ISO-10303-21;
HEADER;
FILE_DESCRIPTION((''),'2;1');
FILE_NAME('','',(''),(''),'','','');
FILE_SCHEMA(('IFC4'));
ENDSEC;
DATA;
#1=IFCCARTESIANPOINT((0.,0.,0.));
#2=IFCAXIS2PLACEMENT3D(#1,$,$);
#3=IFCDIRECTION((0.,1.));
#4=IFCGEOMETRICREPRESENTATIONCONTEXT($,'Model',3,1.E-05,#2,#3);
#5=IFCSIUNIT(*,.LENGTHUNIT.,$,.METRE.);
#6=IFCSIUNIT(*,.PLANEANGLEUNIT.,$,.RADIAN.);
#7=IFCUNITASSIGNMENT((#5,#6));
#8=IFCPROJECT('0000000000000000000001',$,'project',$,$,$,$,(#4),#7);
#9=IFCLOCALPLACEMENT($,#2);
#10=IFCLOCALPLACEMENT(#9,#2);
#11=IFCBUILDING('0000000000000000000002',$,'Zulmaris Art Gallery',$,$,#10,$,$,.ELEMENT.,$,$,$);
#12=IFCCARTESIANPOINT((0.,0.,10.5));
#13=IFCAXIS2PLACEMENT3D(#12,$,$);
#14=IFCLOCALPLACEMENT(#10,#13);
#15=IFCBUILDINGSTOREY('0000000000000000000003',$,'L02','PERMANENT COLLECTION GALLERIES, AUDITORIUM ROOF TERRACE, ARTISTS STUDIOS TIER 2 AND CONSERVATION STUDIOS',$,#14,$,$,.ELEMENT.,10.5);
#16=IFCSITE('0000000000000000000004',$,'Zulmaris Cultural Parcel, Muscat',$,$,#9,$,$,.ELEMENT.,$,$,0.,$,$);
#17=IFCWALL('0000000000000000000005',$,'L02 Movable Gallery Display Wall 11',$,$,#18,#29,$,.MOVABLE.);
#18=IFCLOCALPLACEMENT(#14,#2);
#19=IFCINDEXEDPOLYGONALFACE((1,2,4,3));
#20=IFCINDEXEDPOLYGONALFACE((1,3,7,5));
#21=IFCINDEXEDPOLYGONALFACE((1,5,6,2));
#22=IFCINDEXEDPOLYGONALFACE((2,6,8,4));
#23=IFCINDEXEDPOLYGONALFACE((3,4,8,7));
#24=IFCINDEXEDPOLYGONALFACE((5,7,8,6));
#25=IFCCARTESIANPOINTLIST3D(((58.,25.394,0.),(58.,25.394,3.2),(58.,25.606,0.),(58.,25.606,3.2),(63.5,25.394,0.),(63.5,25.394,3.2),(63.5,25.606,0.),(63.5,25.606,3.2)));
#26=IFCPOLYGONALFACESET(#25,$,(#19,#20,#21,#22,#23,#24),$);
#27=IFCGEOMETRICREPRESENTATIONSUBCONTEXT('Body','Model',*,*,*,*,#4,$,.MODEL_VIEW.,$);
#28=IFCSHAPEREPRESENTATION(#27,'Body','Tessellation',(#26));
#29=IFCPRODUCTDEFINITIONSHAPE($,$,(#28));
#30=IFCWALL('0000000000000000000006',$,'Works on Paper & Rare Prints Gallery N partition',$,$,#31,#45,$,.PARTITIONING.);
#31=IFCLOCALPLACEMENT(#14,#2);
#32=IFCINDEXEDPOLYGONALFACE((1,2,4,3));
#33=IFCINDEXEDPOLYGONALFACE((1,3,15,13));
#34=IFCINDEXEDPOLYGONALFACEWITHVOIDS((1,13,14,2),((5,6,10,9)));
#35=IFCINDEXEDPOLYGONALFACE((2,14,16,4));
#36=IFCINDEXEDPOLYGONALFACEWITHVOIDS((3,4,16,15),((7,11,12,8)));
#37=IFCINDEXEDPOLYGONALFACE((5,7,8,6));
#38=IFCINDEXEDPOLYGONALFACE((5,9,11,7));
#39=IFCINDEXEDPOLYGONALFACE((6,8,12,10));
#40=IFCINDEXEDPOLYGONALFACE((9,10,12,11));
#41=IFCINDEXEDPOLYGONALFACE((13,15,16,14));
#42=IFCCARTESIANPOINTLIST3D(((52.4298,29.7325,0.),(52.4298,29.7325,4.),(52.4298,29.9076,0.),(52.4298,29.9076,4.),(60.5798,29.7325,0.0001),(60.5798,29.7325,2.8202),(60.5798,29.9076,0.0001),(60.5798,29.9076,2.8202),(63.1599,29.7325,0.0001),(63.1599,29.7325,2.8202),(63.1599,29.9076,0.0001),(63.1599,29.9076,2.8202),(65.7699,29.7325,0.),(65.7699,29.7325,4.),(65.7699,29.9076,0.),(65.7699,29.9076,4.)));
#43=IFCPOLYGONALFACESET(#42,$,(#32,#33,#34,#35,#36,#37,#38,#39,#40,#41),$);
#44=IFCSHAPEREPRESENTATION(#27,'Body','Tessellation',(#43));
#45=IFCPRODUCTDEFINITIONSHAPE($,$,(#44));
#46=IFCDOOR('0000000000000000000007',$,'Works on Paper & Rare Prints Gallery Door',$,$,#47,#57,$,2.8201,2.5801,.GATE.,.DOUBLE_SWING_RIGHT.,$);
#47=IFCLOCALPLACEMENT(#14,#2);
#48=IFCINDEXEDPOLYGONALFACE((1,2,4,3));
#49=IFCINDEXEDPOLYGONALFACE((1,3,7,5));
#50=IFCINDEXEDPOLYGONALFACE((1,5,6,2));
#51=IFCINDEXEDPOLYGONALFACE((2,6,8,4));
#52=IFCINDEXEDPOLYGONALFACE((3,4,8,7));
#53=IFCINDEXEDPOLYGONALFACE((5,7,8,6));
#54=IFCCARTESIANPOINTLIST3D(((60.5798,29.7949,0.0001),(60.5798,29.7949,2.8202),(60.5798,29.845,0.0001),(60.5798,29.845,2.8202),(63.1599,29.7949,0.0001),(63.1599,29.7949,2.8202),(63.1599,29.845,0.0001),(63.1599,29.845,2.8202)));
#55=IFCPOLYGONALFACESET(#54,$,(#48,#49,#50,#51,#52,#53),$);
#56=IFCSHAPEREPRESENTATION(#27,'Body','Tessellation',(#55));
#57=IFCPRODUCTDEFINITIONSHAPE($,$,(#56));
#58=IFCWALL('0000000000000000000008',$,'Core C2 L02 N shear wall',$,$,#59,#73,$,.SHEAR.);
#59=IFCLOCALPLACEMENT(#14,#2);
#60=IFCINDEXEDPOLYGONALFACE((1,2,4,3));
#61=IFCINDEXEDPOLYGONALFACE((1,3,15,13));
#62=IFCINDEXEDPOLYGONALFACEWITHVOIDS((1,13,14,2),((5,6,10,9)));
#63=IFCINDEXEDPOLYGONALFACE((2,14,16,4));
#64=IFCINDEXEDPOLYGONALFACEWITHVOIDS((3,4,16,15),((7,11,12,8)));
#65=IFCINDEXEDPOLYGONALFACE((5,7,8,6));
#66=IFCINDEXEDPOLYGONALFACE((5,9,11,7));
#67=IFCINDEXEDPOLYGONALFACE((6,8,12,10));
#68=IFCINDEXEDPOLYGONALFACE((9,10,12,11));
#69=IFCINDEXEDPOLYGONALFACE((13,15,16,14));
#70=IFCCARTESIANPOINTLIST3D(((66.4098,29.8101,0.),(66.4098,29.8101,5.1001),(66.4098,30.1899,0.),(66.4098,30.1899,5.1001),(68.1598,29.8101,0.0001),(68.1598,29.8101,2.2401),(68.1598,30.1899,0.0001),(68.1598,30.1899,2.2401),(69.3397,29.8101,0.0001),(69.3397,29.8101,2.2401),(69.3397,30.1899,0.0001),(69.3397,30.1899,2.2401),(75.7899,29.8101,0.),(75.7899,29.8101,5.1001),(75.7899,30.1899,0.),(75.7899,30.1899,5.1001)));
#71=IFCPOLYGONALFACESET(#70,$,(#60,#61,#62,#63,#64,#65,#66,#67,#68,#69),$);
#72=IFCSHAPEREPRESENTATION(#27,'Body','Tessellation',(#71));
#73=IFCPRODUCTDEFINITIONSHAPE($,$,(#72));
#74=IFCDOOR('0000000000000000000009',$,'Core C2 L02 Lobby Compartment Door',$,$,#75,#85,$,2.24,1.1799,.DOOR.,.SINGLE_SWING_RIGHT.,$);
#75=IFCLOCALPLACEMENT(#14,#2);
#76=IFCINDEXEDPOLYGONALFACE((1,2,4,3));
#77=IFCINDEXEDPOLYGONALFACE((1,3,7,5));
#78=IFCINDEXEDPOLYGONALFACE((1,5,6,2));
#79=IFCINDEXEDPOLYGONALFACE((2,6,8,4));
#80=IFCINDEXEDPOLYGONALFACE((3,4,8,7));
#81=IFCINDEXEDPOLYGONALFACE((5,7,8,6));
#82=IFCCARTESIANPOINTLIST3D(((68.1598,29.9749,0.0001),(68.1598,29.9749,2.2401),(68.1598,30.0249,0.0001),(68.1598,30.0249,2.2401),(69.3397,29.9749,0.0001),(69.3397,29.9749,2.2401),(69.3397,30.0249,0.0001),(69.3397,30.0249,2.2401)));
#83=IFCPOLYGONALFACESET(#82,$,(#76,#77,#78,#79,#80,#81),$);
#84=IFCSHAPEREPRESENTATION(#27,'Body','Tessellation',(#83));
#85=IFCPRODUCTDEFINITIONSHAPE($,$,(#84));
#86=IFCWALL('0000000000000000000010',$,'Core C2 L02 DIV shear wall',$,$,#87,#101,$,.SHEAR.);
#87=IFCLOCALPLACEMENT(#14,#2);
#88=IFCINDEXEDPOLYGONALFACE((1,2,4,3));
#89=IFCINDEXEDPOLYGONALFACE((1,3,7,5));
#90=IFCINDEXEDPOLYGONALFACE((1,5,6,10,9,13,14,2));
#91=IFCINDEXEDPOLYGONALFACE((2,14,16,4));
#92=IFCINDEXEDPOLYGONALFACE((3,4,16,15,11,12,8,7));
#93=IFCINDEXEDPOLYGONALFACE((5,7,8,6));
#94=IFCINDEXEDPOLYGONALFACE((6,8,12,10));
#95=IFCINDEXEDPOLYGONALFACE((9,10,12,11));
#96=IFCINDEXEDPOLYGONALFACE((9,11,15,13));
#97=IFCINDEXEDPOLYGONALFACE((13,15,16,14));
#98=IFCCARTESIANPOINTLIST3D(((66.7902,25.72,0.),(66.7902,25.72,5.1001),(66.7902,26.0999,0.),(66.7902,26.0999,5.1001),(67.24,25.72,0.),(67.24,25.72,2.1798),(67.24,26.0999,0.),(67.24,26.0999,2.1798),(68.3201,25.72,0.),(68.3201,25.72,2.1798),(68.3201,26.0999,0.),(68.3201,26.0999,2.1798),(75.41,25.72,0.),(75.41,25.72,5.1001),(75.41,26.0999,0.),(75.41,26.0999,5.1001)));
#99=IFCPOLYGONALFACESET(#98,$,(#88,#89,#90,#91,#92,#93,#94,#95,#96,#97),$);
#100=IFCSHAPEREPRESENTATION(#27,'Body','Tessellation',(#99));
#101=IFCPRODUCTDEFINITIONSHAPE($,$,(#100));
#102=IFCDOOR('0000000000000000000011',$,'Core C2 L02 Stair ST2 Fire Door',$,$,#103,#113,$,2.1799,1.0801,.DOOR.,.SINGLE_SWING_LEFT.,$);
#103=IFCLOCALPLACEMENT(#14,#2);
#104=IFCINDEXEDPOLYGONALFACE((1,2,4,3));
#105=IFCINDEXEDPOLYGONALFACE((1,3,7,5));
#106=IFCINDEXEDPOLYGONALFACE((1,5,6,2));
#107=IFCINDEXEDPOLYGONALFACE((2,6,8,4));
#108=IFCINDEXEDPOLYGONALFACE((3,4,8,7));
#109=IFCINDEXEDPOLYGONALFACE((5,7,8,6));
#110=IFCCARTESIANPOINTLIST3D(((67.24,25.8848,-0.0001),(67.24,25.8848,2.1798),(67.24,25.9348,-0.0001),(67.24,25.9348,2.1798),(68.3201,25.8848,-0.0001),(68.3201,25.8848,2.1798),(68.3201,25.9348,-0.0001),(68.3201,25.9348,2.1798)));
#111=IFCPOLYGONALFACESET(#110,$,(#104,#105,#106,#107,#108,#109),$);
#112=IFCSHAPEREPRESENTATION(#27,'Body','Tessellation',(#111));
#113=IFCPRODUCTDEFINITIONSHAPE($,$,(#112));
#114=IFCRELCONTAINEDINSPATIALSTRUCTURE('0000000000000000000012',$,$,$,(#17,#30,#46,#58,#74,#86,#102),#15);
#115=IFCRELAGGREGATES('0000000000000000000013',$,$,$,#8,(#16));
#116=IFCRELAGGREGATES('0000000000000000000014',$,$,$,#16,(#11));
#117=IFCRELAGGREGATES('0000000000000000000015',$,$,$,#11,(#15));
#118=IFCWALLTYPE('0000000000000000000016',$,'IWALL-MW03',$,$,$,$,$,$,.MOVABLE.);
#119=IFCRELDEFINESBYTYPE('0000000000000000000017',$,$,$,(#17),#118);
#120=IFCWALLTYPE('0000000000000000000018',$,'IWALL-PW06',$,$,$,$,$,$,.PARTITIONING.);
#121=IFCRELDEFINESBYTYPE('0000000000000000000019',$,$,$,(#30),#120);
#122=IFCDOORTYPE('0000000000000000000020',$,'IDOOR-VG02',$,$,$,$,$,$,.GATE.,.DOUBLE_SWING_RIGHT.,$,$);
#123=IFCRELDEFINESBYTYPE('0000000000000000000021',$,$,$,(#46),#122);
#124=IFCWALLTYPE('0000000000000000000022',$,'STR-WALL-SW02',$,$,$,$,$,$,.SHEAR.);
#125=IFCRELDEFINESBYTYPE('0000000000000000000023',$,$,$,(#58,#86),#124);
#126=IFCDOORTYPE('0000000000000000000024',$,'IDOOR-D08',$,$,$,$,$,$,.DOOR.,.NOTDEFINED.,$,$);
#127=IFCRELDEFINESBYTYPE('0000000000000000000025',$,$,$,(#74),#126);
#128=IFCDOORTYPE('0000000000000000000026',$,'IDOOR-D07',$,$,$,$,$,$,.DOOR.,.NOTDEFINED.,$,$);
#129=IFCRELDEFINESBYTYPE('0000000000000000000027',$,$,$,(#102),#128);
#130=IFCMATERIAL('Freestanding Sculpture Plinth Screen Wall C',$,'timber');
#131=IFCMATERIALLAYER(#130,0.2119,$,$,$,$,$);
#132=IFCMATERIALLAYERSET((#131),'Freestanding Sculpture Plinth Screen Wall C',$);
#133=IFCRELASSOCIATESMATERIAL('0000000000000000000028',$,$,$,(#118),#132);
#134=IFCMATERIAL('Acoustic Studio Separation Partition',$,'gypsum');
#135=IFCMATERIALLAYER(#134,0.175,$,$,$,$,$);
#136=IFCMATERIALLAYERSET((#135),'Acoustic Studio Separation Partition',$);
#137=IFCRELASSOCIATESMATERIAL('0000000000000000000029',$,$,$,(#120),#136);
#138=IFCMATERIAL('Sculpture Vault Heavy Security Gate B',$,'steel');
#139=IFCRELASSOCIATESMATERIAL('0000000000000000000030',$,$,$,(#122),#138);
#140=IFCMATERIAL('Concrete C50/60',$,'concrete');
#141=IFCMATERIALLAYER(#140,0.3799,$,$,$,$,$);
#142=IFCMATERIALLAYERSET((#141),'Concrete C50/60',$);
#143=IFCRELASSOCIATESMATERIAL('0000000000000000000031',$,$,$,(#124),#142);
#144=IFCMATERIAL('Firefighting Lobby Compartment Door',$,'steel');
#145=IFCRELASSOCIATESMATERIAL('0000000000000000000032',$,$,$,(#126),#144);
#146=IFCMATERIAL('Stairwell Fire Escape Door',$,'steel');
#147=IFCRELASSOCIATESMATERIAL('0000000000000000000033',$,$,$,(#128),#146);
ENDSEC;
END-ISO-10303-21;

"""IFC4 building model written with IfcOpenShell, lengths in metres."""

from ifc_helpers import new_model, si_unit, direction, frame, frame_2d, origin, place, context, subcontext, project, spatial, rectangle, extrude, material, layer, layer_set, type_object, element, fill, save


model = new_model("IFC4")

# Units and contexts
model_context = context("Model", 3, precision=1e-05, world=origin(), true_north=direction((0.0, 1.0)))
body_context = subcontext(model_context, "Body", "Model", "MODEL_VIEW")
ifc_project = project(units=[si_unit("LENGTHUNIT", "METRE"), si_unit("PLANEANGLEUNIT", "RADIAN")], contexts=[model_context])

# Site, building, storey
site_placement = place(None, origin())
site = spatial("IfcSite", under=ifc_project, at=site_placement, Name="Zulmaris Cultural Parcel, Muscat", CompositionType="ELEMENT", RefElevation=0.0)
building_placement = place(site_placement, origin())
building = spatial("IfcBuilding", under=site, at=building_placement, Name="Zulmaris Art Gallery", CompositionType="ELEMENT")
storey_placement = place(building_placement, frame((0.0, 0.0, 10.5)))
storey = spatial("IfcBuildingStorey", under=building, at=storey_placement, Name="L02", Description="PERMANENT COLLECTION GALLERIES, AUDITORIUM ROOF TERRACE, ARTISTS STUDIOS TIER 2 AND CONSERVATION STUDIOS", CompositionType="ELEMENT", Elevation=10.5)

# Wall
ifc_material_1 = material(Name="Freestanding Sculpture Plinth Screen Wall C", Category="timber")
ifc_layer_1 = layer(ifc_material_1, 0.2119)
ifc_layer_set_1 = layer_set([ifc_layer_1], Name="Freestanding Sculpture Plinth Screen Wall C")
wall_type_1 = type_object("IfcWallType", Name="IWALL-MW03", PredefinedType="MOVABLE", material=ifc_layer_set_1)
wall_1_placement = place(storey_placement, frame((58.0, 25.5, 0.0), z_axis=(0.0, 0.0, 1.0), x_axis=(1.0, 0.0, 0.0)))
element("IfcWall", 1, at=wall_1_placement, inside=storey, type_object=wall_type_1, Name="L02 Movable Gallery Display Wall 11", PredefinedType="MOVABLE", context=body_context, shape_type="SweptSolid", body=[
    extrude(rectangle(XDim=5.5, YDim=0.2119, at=frame_2d((2.75, 0.0))), origin(), (0.0, 0.0, 1.0), 3.2),
])

# Walls, openings, doors
ifc_material_2 = material(Name="Acoustic Studio Separation Partition", Category="gypsum")
ifc_layer_2 = layer(ifc_material_2, 0.175)
ifc_layer_set_2 = layer_set([ifc_layer_2], Name="Acoustic Studio Separation Partition")
wall_type_2 = type_object("IfcWallType", Name="IWALL-PW06", PredefinedType="PARTITIONING", material=ifc_layer_set_2)
wall_2_placement = place(storey_placement, frame((52.4299, 29.8201, 0.0), z_axis=(0.0, 0.0, 1.0), x_axis=(1.0, 0.0, 0.0)))
wall_2 = element("IfcWall", 2, at=wall_2_placement, inside=storey, type_object=wall_type_2, Name="Works on Paper & Rare Prints Gallery N partition", PredefinedType="PARTITIONING", context=body_context, shape_type="SweptSolid", body=[
    extrude(rectangle(XDim=13.3401, YDim=0.175, at=frame_2d((6.6699, 0.0))), origin(), (0.0, 0.0, 1.0), 4.0),
])
opening_1_placement = place(wall_2_placement, frame((8.1499, 0.0, 0.0)))
opening_1 = element("IfcOpeningElement", 3, at=opening_1_placement, cuts=wall_2, PredefinedType="OPENING", context=body_context, shape_type="SweptSolid", body=[
    extrude(rectangle(XDim=2.5801, YDim=2.8201, at=frame_2d((1.29, 1.4102))), frame((0.0, 0.0974, 0.0), z_axis=(0.0, -1.0, 0.0), x_axis=(1.0, 0.0, 0.0)), (0.0, 0.0, 1.0), 0.1951),
])
ifc_material_3 = material(Name="Sculpture Vault Heavy Security Gate B", Category="steel")
door_type_1 = type_object("IfcDoorType", Name="IDOOR-VG02", OperationType="DOUBLE_SWING_RIGHT", PredefinedType="GATE", material=ifc_material_3)
door_1_placement = place(opening_1_placement, origin())
door_1 = element("IfcDoor", 4, at=door_1_placement, inside=storey, type_object=door_type_1, Name="Works on Paper & Rare Prints Gallery Door", OperationType="DOUBLE_SWING_RIGHT", OverallHeight=2.8201, OverallWidth=2.5801, PredefinedType="GATE", context=body_context, shape_type="SweptSolid", body=[
    extrude(rectangle(XDim=2.5801, YDim=2.8201, at=frame_2d((1.29, 1.4102))), frame((0.0, 0.0249, 0.0), z_axis=(0.0, -1.0, 0.0), x_axis=(1.0, 0.0, 0.0)), (0.0, 0.0, 1.0), 0.05),
])
fill(opening_1, door_1)
ifc_material_4 = material(Name="Concrete C50/60", Category="concrete")
ifc_layer_3 = layer(ifc_material_4, 0.3799)
ifc_layer_set_3 = layer_set([ifc_layer_3], Name="Concrete C50/60")
wall_type_3 = type_object("IfcWallType", Name="STR-WALL-SW02", PredefinedType="SHEAR", material=ifc_layer_set_3)
wall_3_placement = place(storey_placement, frame((66.4099, 30.0, 0.0), z_axis=(0.0, 0.0, 1.0), x_axis=(1.0, 0.0, 0.0)))
wall_3 = element("IfcWall", 5, at=wall_3_placement, inside=storey, type_object=wall_type_3, Name="Core C2 L02 N shear wall", PredefinedType="SHEAR", context=body_context, shape_type="SweptSolid", body=[
    extrude(rectangle(XDim=9.3801, YDim=0.3799, at=frame_2d((4.6899, 0.0))), origin(), (0.0, 0.0, 1.0), 5.1001),
])
opening_2_placement = place(wall_3_placement, frame((1.75, 0.0, 0.0)))
opening_2 = element("IfcOpeningElement", 6, at=opening_2_placement, cuts=wall_3, PredefinedType="OPENING", context=body_context, shape_type="SweptSolid", body=[
    extrude(rectangle(XDim=1.1799, YDim=2.24, at=frame_2d((0.5898, 1.1201))), frame((0.0, 0.2, 0.0), z_axis=(0.0, -1.0, 0.0), x_axis=(1.0, 0.0, 0.0)), (0.0, 0.0, 1.0), 0.3999),
])
ifc_material_5 = material(Name="Firefighting Lobby Compartment Door", Category="steel")
door_type_2 = type_object("IfcDoorType", Name="IDOOR-D08", OperationType="NOTDEFINED", PredefinedType="DOOR", material=ifc_material_5)
door_2_placement = place(opening_2_placement, origin())
door_2 = element("IfcDoor", 7, at=door_2_placement, inside=storey, type_object=door_type_2, Name="Core C2 L02 Lobby Compartment Door", OperationType="SINGLE_SWING_RIGHT", OverallHeight=2.24, OverallWidth=1.1799, PredefinedType="DOOR", context=body_context, shape_type="SweptSolid", body=[
    extrude(rectangle(XDim=1.1799, YDim=2.24, at=frame_2d((0.5898, 1.1201))), frame((0.0, 0.0249, 0.0), z_axis=(0.0, -1.0, 0.0), x_axis=(1.0, 0.0, 0.0)), (0.0, 0.0, 1.0), 0.05),
])
fill(opening_2, door_2)
wall_4_placement = place(storey_placement, frame((66.79, 25.9099, 0.0), z_axis=(0.0, 0.0, 1.0), x_axis=(1.0, 0.0, 0.0)))
wall_4 = element("IfcWall", 8, at=wall_4_placement, inside=storey, type_object=wall_type_3, Name="Core C2 L02 DIV shear wall", PredefinedType="SHEAR", context=body_context, shape_type="SweptSolid", body=[
    extrude(rectangle(XDim=8.6199, YDim=0.3799, at=frame_2d((4.3101, 0.0))), origin(), (0.0, 0.0, 1.0), 5.1001),
])
opening_3_placement = place(wall_4_placement, frame((0.45, 0.0, 0.0)))
opening_3 = element("IfcOpeningElement", 9, at=opening_3_placement, cuts=wall_4, PredefinedType="OPENING", context=body_context, shape_type="SweptSolid", body=[
    extrude(rectangle(XDim=1.0801, YDim=2.1799, at=frame_2d((0.54, 1.0898))), frame((0.0, 0.2, 0.0), z_axis=(0.0, -1.0, 0.0), x_axis=(1.0, 0.0, 0.0)), (0.0, 0.0, 1.0), 0.3999),
])
ifc_material_6 = material(Name="Stairwell Fire Escape Door", Category="steel")
door_type_3 = type_object("IfcDoorType", Name="IDOOR-D07", OperationType="NOTDEFINED", PredefinedType="DOOR", material=ifc_material_6)
door_3_placement = place(opening_3_placement, origin())
door_3 = element("IfcDoor", 10, at=door_3_placement, inside=storey, type_object=door_type_3, Name="Core C2 L02 Stair ST2 Fire Door", OperationType="SINGLE_SWING_LEFT", OverallHeight=2.1799, OverallWidth=1.0801, PredefinedType="DOOR", context=body_context, shape_type="SweptSolid", body=[
    extrude(rectangle(XDim=1.0801, YDim=2.1799, at=frame_2d((0.54, 1.0898))), frame((0.0, 0.0249, 0.0), z_axis=(0.0, -1.0, 0.0), x_axis=(1.0, 0.0, 0.0)), (0.0, 0.0, 1.0), 0.05),
])
fill(opening_3, door_3)

save(model, "model.ifc")
